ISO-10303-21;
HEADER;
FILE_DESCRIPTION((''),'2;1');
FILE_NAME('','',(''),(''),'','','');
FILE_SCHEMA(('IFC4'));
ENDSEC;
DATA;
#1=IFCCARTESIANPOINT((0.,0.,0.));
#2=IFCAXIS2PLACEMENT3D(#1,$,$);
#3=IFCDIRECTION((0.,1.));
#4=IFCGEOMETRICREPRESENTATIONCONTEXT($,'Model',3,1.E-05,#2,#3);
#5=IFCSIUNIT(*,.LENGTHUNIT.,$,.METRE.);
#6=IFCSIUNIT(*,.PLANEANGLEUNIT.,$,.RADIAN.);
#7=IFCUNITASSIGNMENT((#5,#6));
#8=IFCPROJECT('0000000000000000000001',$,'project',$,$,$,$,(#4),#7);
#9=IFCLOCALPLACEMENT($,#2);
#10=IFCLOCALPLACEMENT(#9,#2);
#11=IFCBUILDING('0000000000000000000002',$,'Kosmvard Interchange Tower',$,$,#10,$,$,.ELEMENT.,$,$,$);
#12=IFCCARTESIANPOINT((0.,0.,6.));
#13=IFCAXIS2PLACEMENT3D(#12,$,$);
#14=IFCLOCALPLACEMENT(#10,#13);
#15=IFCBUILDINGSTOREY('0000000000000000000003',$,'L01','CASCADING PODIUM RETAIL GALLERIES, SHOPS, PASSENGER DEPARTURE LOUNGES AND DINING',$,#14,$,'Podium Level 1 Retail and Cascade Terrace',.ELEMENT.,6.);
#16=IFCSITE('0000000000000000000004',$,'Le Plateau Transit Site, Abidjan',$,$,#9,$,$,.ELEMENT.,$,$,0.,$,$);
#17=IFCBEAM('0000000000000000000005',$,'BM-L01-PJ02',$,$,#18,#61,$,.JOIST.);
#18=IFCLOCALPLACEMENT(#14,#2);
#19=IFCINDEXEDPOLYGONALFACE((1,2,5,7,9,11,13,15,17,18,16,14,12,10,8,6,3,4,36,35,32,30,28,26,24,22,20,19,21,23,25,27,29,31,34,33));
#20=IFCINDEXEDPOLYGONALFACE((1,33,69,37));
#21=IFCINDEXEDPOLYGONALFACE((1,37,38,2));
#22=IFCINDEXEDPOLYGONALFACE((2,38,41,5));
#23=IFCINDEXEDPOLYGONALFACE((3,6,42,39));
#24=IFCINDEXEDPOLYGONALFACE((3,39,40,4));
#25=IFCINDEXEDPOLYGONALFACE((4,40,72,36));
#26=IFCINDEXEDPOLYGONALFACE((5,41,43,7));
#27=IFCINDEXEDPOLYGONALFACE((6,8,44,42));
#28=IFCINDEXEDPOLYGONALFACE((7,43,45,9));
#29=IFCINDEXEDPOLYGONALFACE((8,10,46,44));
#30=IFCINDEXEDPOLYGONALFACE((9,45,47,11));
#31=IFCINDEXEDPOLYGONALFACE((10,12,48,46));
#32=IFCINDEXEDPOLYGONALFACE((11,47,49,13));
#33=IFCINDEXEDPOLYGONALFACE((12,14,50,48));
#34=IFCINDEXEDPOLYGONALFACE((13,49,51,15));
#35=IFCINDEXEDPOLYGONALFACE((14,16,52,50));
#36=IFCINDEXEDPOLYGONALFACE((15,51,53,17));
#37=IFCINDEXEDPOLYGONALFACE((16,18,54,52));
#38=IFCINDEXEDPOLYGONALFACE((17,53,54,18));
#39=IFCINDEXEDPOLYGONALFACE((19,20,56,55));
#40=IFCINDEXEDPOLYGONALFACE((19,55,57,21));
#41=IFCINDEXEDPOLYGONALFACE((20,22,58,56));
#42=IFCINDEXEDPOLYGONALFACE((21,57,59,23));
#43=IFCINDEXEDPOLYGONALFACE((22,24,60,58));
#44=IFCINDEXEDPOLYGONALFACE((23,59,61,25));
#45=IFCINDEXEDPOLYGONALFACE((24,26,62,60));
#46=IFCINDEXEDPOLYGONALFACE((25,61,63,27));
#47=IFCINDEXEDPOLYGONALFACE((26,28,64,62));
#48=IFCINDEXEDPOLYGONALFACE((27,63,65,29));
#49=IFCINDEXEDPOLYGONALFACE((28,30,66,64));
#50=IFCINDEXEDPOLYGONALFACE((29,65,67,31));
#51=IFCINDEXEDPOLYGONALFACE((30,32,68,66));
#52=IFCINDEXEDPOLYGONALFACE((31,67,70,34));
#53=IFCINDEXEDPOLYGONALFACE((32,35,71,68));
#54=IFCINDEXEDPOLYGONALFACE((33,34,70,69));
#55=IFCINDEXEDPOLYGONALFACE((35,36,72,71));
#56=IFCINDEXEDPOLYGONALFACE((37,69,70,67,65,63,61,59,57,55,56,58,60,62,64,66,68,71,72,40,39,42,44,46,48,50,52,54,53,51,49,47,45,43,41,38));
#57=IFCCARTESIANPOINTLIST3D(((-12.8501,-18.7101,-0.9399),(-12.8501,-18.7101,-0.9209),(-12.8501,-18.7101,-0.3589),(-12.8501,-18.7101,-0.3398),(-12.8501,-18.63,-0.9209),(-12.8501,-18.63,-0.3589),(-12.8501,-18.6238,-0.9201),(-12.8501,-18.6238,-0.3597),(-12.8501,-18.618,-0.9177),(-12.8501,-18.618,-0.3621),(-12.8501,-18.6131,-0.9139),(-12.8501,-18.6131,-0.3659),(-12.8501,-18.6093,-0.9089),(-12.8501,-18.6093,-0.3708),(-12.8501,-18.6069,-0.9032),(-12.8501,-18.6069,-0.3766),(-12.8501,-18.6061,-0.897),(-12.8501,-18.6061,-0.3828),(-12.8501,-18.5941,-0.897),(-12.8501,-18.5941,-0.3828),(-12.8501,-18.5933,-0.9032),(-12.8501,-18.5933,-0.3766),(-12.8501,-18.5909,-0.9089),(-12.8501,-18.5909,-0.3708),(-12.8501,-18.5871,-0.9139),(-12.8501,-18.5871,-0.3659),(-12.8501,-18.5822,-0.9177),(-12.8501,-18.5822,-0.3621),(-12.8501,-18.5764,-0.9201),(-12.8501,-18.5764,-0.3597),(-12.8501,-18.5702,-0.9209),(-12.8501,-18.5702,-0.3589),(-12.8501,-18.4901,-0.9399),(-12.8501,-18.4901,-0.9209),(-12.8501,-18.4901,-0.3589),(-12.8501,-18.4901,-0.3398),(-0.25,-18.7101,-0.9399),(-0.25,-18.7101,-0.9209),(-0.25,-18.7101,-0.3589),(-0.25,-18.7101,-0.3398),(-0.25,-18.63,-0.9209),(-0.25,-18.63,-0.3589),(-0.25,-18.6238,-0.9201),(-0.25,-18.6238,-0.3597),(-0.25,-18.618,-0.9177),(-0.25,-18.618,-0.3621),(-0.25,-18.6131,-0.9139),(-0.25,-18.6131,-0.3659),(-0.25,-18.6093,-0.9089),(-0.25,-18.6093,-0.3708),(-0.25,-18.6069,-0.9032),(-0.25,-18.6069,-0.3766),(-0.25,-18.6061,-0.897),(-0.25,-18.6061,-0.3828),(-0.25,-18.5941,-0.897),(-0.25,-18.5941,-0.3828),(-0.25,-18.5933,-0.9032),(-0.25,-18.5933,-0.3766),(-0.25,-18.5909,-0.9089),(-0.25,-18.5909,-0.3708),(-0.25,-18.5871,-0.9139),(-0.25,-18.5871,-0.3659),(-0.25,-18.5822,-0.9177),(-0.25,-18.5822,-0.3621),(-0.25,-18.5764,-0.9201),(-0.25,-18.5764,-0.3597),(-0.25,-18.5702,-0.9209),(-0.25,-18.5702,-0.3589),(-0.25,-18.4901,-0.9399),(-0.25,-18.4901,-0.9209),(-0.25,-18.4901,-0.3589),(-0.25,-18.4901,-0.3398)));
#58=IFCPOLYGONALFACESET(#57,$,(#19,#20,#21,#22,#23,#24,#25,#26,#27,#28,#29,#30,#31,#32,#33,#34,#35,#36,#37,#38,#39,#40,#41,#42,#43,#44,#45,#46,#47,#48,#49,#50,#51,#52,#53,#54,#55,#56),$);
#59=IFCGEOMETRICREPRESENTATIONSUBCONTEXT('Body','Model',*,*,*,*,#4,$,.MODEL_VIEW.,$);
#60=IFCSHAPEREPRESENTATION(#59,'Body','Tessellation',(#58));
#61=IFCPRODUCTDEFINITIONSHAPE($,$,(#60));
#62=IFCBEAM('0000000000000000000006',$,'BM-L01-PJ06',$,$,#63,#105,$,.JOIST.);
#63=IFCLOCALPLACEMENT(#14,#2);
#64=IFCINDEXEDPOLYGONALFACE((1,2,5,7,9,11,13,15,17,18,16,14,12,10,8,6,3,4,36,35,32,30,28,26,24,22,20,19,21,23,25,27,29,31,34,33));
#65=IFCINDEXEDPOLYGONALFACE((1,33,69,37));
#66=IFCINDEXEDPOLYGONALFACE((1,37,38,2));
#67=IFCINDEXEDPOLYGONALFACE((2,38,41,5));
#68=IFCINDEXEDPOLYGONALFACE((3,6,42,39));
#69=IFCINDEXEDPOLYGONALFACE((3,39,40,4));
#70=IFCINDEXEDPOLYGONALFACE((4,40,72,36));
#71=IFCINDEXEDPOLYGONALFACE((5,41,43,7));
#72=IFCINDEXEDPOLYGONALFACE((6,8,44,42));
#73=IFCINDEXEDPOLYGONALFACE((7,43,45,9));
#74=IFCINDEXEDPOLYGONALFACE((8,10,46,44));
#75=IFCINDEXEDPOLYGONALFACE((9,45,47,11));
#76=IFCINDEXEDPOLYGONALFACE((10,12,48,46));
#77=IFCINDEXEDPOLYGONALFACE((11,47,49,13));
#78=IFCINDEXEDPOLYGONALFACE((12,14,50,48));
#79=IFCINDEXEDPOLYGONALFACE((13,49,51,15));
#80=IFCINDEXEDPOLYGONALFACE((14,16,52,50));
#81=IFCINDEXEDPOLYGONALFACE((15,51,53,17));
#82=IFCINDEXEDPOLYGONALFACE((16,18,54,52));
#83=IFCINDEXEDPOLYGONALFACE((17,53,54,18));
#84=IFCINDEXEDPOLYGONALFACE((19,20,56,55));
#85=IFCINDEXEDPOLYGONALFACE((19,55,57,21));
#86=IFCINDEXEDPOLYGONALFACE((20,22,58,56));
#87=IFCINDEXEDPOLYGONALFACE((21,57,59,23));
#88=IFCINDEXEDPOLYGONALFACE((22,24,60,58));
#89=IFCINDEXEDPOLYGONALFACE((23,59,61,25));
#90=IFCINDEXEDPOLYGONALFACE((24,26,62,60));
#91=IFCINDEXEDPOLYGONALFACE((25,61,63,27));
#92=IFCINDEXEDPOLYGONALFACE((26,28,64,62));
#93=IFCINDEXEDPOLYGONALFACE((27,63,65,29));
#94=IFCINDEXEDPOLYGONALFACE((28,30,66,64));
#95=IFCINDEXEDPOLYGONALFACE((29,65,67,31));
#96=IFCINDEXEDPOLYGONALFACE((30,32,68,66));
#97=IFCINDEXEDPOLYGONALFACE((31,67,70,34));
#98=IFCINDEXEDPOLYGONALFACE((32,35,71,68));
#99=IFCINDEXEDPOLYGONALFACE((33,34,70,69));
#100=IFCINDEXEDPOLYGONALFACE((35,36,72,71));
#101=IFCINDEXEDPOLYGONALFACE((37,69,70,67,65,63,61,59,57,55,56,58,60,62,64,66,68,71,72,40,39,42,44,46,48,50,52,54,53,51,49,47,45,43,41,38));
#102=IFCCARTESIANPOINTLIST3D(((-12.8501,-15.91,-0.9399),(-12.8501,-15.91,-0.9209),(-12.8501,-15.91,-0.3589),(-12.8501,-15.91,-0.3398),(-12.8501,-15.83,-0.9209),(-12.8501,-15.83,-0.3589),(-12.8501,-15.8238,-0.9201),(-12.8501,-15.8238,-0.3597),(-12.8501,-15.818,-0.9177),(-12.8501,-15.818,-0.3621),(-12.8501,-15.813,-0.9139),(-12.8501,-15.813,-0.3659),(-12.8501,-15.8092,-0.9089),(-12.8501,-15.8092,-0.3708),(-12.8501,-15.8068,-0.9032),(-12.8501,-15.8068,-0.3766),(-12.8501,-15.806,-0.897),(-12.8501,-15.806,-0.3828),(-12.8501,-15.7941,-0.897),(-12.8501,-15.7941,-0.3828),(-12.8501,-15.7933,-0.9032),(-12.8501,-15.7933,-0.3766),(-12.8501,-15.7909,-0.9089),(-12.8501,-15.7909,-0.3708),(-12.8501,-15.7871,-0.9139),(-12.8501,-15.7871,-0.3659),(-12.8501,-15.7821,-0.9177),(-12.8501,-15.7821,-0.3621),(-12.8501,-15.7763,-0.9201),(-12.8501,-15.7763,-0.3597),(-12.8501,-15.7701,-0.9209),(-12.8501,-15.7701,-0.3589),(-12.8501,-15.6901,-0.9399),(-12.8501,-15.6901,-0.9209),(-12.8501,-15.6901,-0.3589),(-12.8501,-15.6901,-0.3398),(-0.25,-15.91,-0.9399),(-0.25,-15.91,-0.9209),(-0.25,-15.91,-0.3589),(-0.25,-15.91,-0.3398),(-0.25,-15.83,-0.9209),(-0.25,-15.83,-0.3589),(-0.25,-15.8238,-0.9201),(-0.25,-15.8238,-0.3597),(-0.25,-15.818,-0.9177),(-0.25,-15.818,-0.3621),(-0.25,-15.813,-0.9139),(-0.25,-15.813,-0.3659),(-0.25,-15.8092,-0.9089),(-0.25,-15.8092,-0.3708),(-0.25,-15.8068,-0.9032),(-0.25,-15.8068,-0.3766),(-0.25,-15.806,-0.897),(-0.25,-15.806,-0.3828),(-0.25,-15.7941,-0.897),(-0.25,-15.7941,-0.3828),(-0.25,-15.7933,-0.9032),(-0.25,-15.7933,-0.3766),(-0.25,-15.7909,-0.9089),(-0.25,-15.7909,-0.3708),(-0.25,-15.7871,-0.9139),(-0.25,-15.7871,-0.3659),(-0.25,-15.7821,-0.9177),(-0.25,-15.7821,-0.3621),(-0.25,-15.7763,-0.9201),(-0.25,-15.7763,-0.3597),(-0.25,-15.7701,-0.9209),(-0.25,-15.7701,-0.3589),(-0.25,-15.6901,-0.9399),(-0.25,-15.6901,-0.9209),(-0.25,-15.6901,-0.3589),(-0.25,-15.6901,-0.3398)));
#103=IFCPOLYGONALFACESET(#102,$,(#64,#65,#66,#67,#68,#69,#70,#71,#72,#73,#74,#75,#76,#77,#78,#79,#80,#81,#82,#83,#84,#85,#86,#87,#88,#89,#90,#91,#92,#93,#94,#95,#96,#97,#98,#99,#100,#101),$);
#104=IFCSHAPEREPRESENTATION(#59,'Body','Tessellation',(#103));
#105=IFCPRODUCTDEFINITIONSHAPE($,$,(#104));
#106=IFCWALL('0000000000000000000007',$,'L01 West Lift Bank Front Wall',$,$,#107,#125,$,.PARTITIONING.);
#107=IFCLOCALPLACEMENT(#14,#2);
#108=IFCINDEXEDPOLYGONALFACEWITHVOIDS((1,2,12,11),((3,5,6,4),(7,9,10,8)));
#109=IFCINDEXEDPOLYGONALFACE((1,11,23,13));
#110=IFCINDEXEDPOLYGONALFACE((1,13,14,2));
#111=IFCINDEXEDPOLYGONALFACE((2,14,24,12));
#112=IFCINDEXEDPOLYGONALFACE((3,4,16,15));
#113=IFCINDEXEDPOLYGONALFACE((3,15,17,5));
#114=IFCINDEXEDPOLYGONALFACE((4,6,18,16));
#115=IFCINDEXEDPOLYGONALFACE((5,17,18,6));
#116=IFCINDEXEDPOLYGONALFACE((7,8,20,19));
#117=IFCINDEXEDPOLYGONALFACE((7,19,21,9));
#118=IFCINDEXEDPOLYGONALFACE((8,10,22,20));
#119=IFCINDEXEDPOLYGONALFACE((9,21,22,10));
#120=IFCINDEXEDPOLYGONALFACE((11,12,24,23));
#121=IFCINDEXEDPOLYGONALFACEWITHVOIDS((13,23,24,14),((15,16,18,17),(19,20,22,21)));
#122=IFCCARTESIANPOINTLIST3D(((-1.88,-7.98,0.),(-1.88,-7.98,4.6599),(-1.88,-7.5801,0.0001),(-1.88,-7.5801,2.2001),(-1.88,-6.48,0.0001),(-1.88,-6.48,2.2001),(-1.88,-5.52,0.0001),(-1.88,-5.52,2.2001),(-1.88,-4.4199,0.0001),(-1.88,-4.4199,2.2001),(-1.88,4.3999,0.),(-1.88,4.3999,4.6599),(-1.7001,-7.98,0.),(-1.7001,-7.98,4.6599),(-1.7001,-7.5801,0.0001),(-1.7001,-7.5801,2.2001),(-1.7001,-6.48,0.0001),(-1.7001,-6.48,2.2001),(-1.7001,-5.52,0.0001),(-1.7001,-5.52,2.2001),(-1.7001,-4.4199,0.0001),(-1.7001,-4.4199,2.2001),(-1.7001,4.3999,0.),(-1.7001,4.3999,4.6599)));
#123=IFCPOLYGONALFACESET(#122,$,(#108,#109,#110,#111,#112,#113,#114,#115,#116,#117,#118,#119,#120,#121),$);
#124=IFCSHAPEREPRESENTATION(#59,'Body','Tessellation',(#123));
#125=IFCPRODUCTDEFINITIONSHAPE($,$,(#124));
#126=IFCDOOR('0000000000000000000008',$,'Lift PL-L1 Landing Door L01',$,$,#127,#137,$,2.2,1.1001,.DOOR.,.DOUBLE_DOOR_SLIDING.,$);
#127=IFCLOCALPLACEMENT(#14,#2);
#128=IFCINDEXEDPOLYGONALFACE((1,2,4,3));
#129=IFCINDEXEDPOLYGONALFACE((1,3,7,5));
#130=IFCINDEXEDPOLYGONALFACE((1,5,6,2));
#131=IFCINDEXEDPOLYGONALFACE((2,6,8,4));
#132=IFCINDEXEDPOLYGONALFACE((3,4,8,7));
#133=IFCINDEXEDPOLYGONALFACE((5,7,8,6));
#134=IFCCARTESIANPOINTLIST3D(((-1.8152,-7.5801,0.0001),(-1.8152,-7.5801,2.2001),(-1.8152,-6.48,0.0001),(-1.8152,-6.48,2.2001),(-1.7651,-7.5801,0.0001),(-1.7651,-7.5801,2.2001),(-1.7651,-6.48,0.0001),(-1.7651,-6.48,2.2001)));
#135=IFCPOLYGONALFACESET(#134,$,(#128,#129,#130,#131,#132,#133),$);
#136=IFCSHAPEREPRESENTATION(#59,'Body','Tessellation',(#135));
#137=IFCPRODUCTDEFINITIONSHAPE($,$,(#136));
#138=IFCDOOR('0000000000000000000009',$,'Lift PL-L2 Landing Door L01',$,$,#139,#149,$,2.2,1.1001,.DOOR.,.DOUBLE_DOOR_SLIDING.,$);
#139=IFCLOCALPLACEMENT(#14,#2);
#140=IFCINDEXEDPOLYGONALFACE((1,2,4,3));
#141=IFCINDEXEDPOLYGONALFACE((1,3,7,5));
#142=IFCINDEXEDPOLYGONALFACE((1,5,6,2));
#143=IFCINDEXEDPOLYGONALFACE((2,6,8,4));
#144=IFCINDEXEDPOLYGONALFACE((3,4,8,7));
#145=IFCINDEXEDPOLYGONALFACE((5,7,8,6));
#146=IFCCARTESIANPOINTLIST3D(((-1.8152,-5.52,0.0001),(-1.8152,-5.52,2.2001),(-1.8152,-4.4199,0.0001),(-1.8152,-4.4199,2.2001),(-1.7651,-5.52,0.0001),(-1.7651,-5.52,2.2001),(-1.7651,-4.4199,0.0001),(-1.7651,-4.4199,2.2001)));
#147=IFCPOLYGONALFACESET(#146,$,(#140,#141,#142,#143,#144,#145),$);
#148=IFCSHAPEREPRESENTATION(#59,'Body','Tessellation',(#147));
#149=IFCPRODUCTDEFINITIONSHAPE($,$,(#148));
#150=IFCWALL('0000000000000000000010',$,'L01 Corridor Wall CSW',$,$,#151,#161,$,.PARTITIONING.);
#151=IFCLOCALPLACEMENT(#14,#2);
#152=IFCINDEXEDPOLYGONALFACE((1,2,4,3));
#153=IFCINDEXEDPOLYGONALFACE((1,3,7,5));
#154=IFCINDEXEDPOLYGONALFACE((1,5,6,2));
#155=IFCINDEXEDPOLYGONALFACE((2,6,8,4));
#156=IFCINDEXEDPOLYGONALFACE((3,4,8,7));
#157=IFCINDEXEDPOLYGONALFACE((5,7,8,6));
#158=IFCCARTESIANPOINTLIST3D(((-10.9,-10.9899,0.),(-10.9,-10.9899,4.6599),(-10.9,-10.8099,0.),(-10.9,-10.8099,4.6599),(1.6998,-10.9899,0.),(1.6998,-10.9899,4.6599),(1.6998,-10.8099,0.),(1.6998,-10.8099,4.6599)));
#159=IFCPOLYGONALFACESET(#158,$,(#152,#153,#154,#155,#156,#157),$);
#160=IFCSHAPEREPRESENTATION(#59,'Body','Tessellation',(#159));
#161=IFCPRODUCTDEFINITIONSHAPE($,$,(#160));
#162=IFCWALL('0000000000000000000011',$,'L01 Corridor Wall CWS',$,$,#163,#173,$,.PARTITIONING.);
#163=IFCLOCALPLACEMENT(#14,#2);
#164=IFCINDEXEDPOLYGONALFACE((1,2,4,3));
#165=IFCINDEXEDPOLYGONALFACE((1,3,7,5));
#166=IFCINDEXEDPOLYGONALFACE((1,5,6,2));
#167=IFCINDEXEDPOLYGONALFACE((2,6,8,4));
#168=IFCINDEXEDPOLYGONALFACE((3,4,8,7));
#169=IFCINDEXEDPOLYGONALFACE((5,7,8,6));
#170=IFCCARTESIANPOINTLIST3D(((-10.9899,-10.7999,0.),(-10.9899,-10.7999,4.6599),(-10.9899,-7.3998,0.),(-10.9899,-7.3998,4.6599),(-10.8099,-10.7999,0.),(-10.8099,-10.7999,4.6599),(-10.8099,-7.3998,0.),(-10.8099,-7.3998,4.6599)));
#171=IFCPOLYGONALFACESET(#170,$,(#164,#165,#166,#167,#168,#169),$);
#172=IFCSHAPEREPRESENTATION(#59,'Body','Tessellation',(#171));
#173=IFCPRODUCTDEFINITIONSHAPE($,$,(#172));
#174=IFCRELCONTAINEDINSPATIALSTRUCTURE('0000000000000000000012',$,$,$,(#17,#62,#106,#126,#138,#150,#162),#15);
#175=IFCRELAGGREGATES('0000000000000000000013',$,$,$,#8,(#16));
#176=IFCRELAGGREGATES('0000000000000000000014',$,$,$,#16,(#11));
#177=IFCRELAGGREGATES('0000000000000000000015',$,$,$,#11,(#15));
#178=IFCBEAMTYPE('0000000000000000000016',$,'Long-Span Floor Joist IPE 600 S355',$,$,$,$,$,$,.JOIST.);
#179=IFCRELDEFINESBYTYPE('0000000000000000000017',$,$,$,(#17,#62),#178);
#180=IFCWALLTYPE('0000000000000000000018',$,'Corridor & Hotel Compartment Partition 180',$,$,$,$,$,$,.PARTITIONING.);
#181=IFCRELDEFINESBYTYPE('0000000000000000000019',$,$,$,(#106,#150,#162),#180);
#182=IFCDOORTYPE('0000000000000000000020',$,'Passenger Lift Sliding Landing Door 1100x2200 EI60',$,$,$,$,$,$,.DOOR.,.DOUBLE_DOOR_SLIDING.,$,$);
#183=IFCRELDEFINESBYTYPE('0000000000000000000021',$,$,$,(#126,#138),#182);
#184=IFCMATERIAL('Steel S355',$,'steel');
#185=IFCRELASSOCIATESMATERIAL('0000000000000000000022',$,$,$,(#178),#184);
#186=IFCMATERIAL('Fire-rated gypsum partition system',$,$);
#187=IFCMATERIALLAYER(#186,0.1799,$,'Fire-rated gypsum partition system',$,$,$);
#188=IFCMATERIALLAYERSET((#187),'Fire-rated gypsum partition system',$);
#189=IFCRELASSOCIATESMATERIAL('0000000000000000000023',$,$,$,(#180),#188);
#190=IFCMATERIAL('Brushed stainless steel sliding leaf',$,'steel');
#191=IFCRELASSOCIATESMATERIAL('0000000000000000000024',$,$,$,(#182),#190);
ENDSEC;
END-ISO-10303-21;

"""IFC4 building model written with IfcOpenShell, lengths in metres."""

from ifc_helpers import new_model, si_unit, direction, frame, frame_2d, origin, origin_2d, place, context, subcontext, project, spatial, rectangle, i_section, extrude, source, transform, mapped, material, layer, layer_set, material_profile, profile_set, type_object, element, fill, save


model = new_model("IFC4")

# Units and contexts
model_context = context("Model", 3, precision=1e-05, world=origin(), true_north=direction((0.0, 1.0)))
body_context = subcontext(model_context, "Body", "Model", "MODEL_VIEW")
ifc_project = project(units=[si_unit("LENGTHUNIT", "METRE"), si_unit("PLANEANGLEUNIT", "RADIAN")], contexts=[model_context])

# Site, building, storey
site_placement = place(None, origin())
site = spatial("IfcSite", under=ifc_project, at=site_placement, Name="Le Plateau Transit Site, Abidjan", CompositionType="ELEMENT", RefElevation=0.0)
building_placement = place(site_placement, origin())
building = spatial("IfcBuilding", under=site, at=building_placement, Name="Kosmvard Interchange Tower", CompositionType="ELEMENT")
storey_placement = place(building_placement, frame((0.0, 0.0, 6.0)))
storey = spatial("IfcBuildingStorey", under=building, at=storey_placement, Name="L01", Description="CASCADING PODIUM RETAIL GALLERIES, SHOPS, PASSENGER DEPARTURE LOUNGES AND DINING", LongName="Podium Level 1 Retail and Cascade Terrace", CompositionType="ELEMENT", Elevation=6.0)

# Beams
ifc_material_1 = material(Name="Steel S355", Category="steel")
ifc_material_profile_1 = material_profile(ifc_material_1, i_section(OverallWidth=0.22, OverallDepth=0.6001, WebThickness=0.012, FlangeThickness=0.019, FilletRadius=0.0239, at=origin_2d()), Name="IPE 600")
ifc_profile_set_1 = profile_set([ifc_material_profile_1], Name="Steel S355")
beam_type_1 = type_object("IfcBeamType", Name="Long-Span Floor Joist IPE 600 S355", PredefinedType="JOIST", material=ifc_profile_set_1)
shared_shape_1 = source(origin(), body_context, "Body", "SweptSolid", [
    extrude(i_section(OverallWidth=0.22, OverallDepth=0.6001, WebThickness=0.012, FlangeThickness=0.019, FilletRadius=0.0239, at=origin_2d()), origin(), (0.0, 0.0, 1.0), 12.6001),
])
for number, where, z_axis, x_axis, name in (
    (1, (-12.8501, -18.6001, -0.6399), (1.0, 0.0, 0.0), (0.0, 1.0, 0.0), "BM-L01-PJ02"),
    (2, (-12.8501, -15.8, -0.6399), (1.0, 0.0, 0.0), (0.0, 1.0, 0.0), "BM-L01-PJ06"),
):
    element("IfcBeam", number, at=place(storey_placement, frame(where, z_axis=z_axis, x_axis=x_axis)), inside=storey, type_object=beam_type_1, Name=name, PredefinedType="JOIST", context=body_context, shape_type="MappedRepresentation", body=[
        mapped(shared_shape_1, transform((0.0, 0.0, 0.0), scale=1.0)),
    ])

# Wall, openings, doors
ifc_material_2 = material(Name="Fire-rated gypsum partition system")
ifc_layer_1 = layer(ifc_material_2, 0.1799, Name="Fire-rated gypsum partition system")
ifc_layer_set_1 = layer_set([ifc_layer_1], Name="Fire-rated gypsum partition system")
wall_type_1 = type_object("IfcWallType", Name="Corridor & Hotel Compartment Partition 180", PredefinedType="PARTITIONING", material=ifc_layer_set_1)
wall_1_placement = place(storey_placement, frame((-1.79, -7.98, 0.0), z_axis=(0.0, 0.0, 1.0), x_axis=(0.0, 1.0, 0.0)))
wall_1 = element("IfcWall", 3, at=wall_1_placement, inside=storey, type_object=wall_type_1, Name="L01 West Lift Bank Front Wall", PredefinedType="PARTITIONING", context=body_context, shape_type="SweptSolid", body=[
    extrude(rectangle(XDim=12.3799, YDim=0.1799, at=frame_2d((6.1899, 0.0))), origin(), (0.0, 0.0, 1.0), 4.6599),
])
opening_1_placement = place(wall_1_placement, frame((0.3999, 0.0, 0.0)))
opening_1 = element("IfcOpeningElement", 4, at=opening_1_placement, cuts=wall_1, PredefinedType="OPENING", context=body_context, shape_type="SweptSolid", body=[
    extrude(rectangle(XDim=1.1001, YDim=2.2, at=frame_2d((0.55, 1.1001))), frame((0.0, 0.1001, 0.0), z_axis=(0.0, -1.0, 0.0), x_axis=(1.0, 0.0, 0.0)), (0.0, 0.0, 1.0), 0.2),
])
opening_2_placement = place(wall_1_placement, frame((2.46, 0.0, 0.0)))
opening_2 = element("IfcOpeningElement", 5, at=opening_2_placement, cuts=wall_1, PredefinedType="OPENING", context=body_context, shape_type="SweptSolid", body=[
    extrude(rectangle(XDim=1.1001, YDim=2.2, at=frame_2d((0.55, 1.1001))), frame((0.0, 0.1001, 0.0), z_axis=(0.0, -1.0, 0.0), x_axis=(1.0, 0.0, 0.0)), (0.0, 0.0, 1.0), 0.2),
])
ifc_material_3 = material(Name="Brushed stainless steel sliding leaf", Category="steel")
door_type_1 = type_object("IfcDoorType", Name="Passenger Lift Sliding Landing Door 1100x2200 EI60", OperationType="DOUBLE_DOOR_SLIDING", PredefinedType="DOOR", material=ifc_material_3)
shared_shape_2 = source(origin(), body_context, "Body", "SweptSolid", [
    extrude(rectangle(XDim=1.1001, YDim=2.2, at=frame_2d((0.55, 1.1001))), frame((0.0, 0.0249, 0.0), z_axis=(0.0, -1.0, 0.0), x_axis=(1.0, 0.0, 0.0)), (0.0, 0.0, 1.0), 0.05),
])
door_1_placement = place(opening_1_placement, frame((1.1001, 0.0, 0.0), z_axis=(0.0, 0.0, 1.0), x_axis=(-1.0, 0.0, 0.0)))
door_1 = element("IfcDoor", 6, at=door_1_placement, inside=storey, type_object=door_type_1, Name="Lift PL-L1 Landing Door L01", OperationType="DOUBLE_DOOR_SLIDING", OverallHeight=2.2, OverallWidth=1.1001, PredefinedType="DOOR", context=body_context, shape_type="MappedRepresentation", body=[
    mapped(shared_shape_2, transform((0.0, 0.0, 0.0), scale=1.0)),
])
fill(opening_1, door_1)
door_2_placement = place(opening_2_placement, frame((1.1001, 0.0, 0.0), z_axis=(0.0, 0.0, 1.0), x_axis=(-1.0, 0.0, 0.0)))
door_2 = element("IfcDoor", 7, at=door_2_placement, inside=storey, type_object=door_type_1, Name="Lift PL-L2 Landing Door L01", OperationType="DOUBLE_DOOR_SLIDING", OverallHeight=2.2, OverallWidth=1.1001, PredefinedType="DOOR", context=body_context, shape_type="MappedRepresentation", body=[
    mapped(shared_shape_2, transform((0.0, 0.0, 0.0), scale=1.0)),
])
fill(opening_2, door_2)

# Walls
wall_2_placement = place(storey_placement, frame((-10.8999, -10.8999, 0.0), z_axis=(0.0, 0.0, 1.0), x_axis=(1.0, 0.0, 0.0)))
element("IfcWall", 8, at=wall_2_placement, inside=storey, type_object=wall_type_1, Name="L01 Corridor Wall CSW", PredefinedType="PARTITIONING", context=body_context, shape_type="SweptSolid", body=[
    extrude(rectangle(XDim=12.5999, YDim=0.1799, at=frame_2d((6.2998, 0.0))), origin(), (0.0, 0.0, 1.0), 4.6599),
])
wall_3_placement = place(storey_placement, frame((-10.8999, -10.8, 0.0), z_axis=(0.0, 0.0, 1.0), x_axis=(0.0, 1.0, 0.0)))
element("IfcWall", 9, at=wall_3_placement, inside=storey, type_object=wall_type_1, Name="L01 Corridor Wall CWS", PredefinedType="PARTITIONING", context=body_context, shape_type="SweptSolid", body=[
    extrude(rectangle(XDim=3.4001, YDim=0.1799, at=frame_2d((1.7002, 0.0))), origin(), (0.0, 0.0, 1.0), 4.6599),
])

save(model, "model.ifc")
